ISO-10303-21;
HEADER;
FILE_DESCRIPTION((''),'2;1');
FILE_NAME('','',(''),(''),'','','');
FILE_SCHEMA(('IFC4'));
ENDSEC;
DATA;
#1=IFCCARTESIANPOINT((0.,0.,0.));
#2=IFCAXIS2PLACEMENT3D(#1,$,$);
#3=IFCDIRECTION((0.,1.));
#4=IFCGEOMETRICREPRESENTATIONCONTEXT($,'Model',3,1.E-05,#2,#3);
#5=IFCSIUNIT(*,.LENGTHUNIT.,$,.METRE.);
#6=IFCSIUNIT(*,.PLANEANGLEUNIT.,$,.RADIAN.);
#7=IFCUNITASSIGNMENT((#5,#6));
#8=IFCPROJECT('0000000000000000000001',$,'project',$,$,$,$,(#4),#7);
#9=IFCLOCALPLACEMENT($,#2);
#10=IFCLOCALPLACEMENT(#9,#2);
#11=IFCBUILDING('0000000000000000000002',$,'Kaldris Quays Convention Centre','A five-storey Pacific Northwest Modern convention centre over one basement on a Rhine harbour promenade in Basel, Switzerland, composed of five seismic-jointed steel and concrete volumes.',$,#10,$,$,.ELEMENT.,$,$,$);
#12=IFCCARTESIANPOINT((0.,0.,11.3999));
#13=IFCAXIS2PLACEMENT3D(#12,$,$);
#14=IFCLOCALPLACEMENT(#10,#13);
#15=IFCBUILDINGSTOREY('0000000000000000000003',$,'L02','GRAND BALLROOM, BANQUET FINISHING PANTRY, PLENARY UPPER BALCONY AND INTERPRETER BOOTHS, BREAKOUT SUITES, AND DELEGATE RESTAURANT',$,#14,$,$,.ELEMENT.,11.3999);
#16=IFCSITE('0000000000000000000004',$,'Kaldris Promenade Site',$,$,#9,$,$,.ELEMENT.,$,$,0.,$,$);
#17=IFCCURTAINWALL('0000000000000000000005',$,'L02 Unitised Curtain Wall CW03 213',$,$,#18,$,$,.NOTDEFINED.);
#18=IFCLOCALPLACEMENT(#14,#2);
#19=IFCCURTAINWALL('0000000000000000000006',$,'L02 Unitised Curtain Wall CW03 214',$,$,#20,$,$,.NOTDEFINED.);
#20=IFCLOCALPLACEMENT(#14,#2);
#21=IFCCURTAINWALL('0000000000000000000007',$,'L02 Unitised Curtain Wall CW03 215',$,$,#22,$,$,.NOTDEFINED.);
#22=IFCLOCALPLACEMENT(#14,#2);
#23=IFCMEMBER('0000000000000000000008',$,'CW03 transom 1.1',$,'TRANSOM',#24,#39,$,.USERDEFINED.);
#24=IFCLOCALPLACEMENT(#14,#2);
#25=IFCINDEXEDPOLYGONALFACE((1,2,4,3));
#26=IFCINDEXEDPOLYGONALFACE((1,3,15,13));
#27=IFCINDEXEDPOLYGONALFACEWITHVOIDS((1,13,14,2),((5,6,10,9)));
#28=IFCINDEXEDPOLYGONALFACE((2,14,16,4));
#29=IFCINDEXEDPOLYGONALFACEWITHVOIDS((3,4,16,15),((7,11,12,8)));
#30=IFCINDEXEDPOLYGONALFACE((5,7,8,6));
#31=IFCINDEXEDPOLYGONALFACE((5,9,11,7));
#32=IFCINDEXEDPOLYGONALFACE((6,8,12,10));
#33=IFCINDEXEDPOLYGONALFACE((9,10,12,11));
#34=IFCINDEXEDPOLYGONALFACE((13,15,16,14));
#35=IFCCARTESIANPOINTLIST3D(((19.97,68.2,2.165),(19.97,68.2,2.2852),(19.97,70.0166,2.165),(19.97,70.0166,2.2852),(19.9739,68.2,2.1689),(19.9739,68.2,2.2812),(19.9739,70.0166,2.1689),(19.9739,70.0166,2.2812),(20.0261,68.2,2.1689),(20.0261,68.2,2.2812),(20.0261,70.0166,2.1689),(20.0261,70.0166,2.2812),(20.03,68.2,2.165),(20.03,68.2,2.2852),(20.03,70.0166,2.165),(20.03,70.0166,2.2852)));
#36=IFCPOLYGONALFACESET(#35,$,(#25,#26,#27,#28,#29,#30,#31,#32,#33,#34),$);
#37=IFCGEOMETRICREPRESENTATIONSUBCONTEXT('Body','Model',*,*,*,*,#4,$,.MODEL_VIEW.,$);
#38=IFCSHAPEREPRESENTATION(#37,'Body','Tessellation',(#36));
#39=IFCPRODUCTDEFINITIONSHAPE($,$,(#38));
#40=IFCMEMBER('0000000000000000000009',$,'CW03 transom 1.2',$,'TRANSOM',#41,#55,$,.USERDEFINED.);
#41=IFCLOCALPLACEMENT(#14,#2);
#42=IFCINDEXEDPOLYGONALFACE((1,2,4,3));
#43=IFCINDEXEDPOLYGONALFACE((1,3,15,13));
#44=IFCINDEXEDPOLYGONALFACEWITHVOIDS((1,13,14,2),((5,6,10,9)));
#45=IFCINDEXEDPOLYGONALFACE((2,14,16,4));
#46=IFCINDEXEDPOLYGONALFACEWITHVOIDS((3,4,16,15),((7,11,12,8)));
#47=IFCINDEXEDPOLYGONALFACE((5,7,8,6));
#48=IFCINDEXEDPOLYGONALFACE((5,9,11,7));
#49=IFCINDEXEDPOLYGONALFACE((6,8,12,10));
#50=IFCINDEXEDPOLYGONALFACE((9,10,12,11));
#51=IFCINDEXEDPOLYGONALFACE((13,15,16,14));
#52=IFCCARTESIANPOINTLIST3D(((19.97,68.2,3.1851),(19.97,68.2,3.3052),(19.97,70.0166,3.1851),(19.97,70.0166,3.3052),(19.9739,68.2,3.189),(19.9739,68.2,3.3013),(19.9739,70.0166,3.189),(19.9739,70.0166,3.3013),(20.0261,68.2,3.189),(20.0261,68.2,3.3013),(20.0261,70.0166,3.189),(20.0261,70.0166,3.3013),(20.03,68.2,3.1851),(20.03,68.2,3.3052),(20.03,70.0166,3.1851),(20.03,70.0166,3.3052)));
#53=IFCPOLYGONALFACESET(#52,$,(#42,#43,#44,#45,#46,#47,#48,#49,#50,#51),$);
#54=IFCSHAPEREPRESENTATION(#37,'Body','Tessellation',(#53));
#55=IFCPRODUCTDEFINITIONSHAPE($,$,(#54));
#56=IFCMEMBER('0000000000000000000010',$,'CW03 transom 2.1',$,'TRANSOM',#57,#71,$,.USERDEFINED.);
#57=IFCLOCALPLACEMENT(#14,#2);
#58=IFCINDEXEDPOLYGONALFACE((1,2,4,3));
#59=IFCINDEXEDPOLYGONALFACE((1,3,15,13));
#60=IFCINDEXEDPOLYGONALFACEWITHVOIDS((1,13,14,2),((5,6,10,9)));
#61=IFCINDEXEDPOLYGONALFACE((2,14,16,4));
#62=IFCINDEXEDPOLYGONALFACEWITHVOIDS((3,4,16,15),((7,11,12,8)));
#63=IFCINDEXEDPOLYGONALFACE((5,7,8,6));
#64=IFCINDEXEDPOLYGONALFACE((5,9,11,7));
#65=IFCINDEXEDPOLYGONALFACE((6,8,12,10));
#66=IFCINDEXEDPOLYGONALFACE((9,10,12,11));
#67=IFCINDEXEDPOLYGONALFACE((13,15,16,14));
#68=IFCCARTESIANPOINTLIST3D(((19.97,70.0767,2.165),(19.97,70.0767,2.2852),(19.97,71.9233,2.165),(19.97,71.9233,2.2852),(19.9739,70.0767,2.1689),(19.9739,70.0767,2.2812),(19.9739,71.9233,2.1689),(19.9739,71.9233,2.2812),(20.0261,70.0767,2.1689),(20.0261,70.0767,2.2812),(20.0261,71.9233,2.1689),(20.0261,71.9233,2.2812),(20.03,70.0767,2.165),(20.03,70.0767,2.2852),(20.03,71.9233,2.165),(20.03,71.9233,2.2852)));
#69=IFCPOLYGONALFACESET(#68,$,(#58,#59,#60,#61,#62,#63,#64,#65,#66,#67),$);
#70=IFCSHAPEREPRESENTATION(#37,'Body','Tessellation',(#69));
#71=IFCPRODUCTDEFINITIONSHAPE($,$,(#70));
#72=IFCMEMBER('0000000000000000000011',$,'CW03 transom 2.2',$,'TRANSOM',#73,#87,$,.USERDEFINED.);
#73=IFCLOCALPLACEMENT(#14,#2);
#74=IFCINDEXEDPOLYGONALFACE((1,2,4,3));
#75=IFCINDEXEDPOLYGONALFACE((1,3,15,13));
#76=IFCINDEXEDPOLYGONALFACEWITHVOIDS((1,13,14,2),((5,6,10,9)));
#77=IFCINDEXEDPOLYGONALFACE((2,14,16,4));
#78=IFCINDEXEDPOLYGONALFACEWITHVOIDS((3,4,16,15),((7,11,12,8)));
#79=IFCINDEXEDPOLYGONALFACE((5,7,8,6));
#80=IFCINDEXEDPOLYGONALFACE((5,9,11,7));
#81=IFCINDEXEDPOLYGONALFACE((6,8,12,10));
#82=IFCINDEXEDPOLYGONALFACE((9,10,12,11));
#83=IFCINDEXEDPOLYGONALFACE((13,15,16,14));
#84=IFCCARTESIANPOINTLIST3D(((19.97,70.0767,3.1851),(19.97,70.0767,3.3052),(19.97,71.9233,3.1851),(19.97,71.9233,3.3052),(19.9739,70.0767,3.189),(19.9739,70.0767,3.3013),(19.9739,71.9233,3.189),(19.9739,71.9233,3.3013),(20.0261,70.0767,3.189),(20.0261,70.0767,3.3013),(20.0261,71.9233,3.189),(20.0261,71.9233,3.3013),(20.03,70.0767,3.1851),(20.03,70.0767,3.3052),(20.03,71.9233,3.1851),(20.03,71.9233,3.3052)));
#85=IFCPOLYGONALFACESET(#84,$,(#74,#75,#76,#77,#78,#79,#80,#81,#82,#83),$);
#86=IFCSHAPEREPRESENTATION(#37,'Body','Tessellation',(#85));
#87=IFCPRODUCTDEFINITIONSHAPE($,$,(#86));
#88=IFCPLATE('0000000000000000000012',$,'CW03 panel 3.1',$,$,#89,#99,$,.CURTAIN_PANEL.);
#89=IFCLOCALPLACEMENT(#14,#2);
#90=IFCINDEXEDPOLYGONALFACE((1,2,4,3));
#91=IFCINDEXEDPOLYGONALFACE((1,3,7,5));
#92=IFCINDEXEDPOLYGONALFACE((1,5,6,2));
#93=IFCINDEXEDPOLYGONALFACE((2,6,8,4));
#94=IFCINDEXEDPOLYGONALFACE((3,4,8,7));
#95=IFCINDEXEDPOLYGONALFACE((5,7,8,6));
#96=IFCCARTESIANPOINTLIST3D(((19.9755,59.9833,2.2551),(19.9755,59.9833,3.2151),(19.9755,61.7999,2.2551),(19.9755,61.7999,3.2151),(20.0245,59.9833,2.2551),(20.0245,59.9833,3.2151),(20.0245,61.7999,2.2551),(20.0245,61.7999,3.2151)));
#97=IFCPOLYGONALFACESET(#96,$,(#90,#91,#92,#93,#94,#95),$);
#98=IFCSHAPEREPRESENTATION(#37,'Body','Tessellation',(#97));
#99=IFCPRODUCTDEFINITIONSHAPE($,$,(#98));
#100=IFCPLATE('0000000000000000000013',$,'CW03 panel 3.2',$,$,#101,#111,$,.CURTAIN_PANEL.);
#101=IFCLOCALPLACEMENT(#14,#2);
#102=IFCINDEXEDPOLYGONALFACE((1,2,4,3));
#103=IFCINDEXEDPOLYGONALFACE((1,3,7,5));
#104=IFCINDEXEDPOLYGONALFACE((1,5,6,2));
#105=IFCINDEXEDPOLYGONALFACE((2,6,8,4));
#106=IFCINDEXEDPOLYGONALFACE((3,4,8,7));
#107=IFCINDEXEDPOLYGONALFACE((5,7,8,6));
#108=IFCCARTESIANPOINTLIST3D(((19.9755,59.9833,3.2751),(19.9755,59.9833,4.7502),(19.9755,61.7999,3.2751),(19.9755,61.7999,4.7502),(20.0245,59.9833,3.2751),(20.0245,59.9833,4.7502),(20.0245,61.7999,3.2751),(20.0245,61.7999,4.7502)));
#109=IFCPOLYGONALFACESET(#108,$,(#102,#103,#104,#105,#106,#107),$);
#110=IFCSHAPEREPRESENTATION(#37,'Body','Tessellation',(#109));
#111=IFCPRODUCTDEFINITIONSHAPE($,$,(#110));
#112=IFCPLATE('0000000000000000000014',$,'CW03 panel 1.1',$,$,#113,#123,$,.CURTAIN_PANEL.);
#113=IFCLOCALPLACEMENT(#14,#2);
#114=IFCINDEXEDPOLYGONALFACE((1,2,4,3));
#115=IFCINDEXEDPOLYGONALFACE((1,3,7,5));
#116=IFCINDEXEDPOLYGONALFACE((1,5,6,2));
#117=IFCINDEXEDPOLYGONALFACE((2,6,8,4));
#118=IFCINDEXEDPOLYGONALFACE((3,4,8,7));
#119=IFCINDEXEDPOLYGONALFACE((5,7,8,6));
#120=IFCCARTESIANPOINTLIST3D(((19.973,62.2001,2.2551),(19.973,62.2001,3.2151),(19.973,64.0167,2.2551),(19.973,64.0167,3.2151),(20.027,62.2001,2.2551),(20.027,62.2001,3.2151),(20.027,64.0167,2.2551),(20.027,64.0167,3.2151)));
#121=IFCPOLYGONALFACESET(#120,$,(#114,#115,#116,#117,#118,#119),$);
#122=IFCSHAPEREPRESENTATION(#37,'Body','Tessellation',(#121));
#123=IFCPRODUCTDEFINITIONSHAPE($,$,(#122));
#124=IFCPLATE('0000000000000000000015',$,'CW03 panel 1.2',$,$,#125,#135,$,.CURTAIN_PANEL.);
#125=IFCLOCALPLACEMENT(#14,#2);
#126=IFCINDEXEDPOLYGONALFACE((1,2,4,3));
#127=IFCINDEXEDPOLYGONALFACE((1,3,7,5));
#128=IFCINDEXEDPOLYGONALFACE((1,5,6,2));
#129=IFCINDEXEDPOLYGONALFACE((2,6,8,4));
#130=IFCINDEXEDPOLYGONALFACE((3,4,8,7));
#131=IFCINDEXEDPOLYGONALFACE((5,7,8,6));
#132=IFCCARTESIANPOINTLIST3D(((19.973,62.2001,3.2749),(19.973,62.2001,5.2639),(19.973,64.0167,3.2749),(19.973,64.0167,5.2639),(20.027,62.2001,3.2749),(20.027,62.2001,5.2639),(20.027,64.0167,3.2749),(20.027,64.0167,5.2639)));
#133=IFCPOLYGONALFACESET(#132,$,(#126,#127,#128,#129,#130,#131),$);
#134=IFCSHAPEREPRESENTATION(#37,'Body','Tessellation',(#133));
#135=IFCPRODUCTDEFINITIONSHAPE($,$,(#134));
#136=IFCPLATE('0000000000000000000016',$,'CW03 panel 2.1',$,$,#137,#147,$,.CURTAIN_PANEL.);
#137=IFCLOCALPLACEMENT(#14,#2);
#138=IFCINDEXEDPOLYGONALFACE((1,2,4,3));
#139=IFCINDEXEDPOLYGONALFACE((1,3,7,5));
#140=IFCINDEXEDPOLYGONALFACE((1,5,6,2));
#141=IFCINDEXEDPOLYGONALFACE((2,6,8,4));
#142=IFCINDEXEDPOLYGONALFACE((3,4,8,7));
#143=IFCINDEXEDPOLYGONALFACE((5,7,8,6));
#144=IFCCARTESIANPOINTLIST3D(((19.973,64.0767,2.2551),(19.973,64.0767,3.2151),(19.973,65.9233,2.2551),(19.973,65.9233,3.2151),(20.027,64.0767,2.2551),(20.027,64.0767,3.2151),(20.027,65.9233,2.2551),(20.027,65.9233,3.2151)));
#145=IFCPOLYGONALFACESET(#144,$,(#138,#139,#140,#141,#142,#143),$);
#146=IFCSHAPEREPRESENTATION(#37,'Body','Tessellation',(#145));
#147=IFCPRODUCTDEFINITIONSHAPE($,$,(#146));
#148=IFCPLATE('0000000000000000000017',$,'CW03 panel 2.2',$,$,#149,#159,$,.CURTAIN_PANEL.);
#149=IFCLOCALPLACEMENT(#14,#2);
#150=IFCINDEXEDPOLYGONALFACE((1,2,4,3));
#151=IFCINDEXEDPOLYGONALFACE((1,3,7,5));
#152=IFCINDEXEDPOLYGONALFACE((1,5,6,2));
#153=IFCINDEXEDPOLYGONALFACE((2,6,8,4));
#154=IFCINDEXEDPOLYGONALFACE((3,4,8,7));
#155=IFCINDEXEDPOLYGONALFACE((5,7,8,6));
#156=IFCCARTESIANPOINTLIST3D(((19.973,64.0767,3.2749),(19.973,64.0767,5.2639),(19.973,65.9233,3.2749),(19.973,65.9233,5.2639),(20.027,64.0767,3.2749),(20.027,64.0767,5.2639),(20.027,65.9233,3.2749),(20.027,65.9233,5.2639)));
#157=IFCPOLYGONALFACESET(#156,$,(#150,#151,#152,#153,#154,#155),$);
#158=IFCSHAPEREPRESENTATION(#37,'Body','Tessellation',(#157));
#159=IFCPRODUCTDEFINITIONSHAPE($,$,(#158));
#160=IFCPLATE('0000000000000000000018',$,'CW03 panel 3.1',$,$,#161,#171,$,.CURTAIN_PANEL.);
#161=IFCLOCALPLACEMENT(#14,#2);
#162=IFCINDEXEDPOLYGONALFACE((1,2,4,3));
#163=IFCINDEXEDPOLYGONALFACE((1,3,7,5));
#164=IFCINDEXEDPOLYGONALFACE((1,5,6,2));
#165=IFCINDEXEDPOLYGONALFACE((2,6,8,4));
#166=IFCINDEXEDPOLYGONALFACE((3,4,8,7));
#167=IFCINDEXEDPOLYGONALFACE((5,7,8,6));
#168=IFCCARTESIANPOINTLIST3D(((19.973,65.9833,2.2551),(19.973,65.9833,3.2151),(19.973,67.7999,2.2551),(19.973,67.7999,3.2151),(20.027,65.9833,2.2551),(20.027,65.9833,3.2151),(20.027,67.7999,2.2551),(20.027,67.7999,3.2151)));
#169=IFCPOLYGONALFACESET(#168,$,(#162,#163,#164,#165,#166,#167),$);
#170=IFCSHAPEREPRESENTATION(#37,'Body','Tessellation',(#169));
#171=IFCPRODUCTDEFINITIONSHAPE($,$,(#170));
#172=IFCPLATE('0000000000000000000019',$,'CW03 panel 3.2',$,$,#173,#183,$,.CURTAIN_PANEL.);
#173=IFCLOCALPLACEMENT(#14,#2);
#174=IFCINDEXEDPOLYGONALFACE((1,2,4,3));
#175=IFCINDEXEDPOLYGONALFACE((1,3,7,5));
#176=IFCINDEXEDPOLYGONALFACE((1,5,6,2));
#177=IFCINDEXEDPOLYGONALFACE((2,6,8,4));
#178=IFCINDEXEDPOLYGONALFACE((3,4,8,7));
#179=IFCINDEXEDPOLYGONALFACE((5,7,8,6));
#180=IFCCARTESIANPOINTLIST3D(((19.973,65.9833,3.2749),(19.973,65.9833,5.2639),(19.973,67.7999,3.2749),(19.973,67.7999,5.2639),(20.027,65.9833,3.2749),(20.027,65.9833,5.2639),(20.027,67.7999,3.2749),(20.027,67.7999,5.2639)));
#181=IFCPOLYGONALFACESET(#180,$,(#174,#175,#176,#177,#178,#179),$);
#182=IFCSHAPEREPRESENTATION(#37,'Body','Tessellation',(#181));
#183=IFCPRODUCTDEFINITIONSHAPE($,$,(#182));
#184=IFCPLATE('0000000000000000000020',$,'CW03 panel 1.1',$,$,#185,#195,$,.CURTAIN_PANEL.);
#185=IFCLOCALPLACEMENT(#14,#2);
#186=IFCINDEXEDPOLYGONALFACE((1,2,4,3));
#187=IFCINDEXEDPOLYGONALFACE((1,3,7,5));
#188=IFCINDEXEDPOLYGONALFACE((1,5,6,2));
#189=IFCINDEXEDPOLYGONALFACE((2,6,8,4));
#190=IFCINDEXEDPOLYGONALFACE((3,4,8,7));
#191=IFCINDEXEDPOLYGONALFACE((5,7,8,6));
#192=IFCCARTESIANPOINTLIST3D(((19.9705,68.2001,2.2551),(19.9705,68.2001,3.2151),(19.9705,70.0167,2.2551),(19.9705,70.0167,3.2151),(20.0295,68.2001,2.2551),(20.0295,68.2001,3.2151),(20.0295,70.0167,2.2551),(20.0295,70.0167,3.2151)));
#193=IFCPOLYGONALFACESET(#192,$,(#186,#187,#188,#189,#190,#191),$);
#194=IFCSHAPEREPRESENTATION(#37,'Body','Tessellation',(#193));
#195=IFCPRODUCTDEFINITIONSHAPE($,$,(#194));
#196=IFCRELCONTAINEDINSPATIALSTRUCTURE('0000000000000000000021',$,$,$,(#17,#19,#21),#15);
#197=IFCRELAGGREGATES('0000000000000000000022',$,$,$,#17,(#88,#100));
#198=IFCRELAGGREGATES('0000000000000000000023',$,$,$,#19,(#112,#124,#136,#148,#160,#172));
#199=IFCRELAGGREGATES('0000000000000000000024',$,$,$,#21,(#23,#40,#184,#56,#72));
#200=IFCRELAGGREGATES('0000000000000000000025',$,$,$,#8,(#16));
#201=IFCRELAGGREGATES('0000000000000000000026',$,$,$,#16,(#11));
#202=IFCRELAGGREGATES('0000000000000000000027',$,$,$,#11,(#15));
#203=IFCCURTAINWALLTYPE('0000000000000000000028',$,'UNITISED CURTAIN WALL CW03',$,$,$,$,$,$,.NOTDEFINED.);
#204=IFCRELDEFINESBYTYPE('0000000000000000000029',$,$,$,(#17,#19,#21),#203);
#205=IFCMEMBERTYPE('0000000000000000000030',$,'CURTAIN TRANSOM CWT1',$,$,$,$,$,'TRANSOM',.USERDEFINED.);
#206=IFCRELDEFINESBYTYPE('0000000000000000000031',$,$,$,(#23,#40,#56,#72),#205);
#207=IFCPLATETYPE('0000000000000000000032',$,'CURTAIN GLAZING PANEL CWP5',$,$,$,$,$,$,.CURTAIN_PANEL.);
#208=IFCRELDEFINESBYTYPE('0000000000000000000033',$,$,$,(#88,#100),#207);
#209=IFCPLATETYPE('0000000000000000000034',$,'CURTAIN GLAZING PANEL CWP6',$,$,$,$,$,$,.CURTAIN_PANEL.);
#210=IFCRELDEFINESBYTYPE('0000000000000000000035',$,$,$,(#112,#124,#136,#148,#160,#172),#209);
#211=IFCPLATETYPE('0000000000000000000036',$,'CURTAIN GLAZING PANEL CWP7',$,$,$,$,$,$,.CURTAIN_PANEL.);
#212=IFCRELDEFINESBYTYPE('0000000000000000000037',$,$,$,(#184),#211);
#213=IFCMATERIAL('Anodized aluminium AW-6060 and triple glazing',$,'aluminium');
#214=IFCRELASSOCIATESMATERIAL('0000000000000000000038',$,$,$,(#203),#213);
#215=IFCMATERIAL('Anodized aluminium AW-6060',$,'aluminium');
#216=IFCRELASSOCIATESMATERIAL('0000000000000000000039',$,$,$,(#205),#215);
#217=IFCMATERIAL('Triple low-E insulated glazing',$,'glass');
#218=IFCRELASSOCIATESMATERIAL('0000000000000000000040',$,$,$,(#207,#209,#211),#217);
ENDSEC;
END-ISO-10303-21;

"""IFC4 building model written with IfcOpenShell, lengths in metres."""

from ifc_helpers import new_model, si_unit, direction, frame, origin, origin_2d, place, context, subcontext, project, spatial, rectangle, hollow_rectangle, extrude, material, material_profile, profile_set, type_object, element, aggregate, save


model = new_model("IFC4")

# Units and contexts
model_context = context("Model", 3, precision=1e-05, world=origin(), true_north=direction((0.0, 1.0)))
body_context = subcontext(model_context, "Body", "Model", "MODEL_VIEW")
ifc_project = project(units=[si_unit("LENGTHUNIT", "METRE"), si_unit("PLANEANGLEUNIT", "RADIAN")], contexts=[model_context])

# Site, building, storey
site_placement = place(None, origin())
site = spatial("IfcSite", under=ifc_project, at=site_placement, Name="Kaldris Promenade Site", CompositionType="ELEMENT", RefElevation=0.0)
building_placement = place(site_placement, origin())
building = spatial("IfcBuilding", under=site, at=building_placement, Name="Kaldris Quays Convention Centre", Description="A five-storey Pacific Northwest Modern convention centre over one basement on a Rhine harbour promenade in Basel, Switzerland, composed of five seismic-jointed steel and concrete volumes.", CompositionType="ELEMENT")
storey_placement = place(building_placement, frame((0.0, 0.0, 11.3999)))
storey = spatial("IfcBuildingStorey", under=building, at=storey_placement, Name="L02", Description="GRAND BALLROOM, BANQUET FINISHING PANTRY, PLENARY UPPER BALCONY AND INTERPRETER BOOTHS, BREAKOUT SUITES, AND DELEGATE RESTAURANT", CompositionType="ELEMENT", Elevation=11.3999)

# Curtain walls
ifc_material_1 = material(Name="Anodized aluminium AW-6060 and triple glazing", Category="aluminium")
curtain_wall_type = type_object("IfcCurtainWallType", Name="UNITISED CURTAIN WALL CW03", PredefinedType="NOTDEFINED", material=ifc_material_1)
curtain_wall_1_placement = place(storey_placement, origin())
curtain_wall_1 = element("IfcCurtainWall", 1, at=curtain_wall_1_placement, inside=storey, type_object=curtain_wall_type, Name="L02 Unitised Curtain Wall CW03 213", PredefinedType="NOTDEFINED")
ifc_material_2 = material(Name="Anodized aluminium AW-6060", Category="aluminium")
curtain_wall_2_placement = place(storey_placement, origin())
curtain_wall_2 = element("IfcCurtainWall", 2, at=curtain_wall_2_placement, inside=storey, type_object=curtain_wall_type, Name="L02 Unitised Curtain Wall CW03 214", PredefinedType="NOTDEFINED")
curtain_wall_3_placement = place(storey_placement, origin())
curtain_wall_3 = element("IfcCurtainWall", 3, at=curtain_wall_3_placement, inside=storey, type_object=curtain_wall_type, Name="L02 Unitised Curtain Wall CW03 215", PredefinedType="NOTDEFINED")

# Members
ifc_material_profile_1 = material_profile(ifc_material_2, hollow_rectangle(XDim=0.0601, YDim=0.1201, WallThickness=0.0039, at=origin_2d()), Name="RHS 120x60x4")
ifc_profile_set_1 = profile_set([ifc_material_profile_1], Name="Anodized aluminium AW-6060")
member_type_1 = type_object("IfcMemberType", Name="CURTAIN TRANSOM CWT1", ElementType="TRANSOM", PredefinedType="USERDEFINED", material=ifc_profile_set_1)
member_1_placement = place(storey_placement, frame((20.0, 68.2, 2.2251), z_axis=(0.0, 1.0, 0.0), x_axis=(-1.0, 0.0, 0.0)))
member_1 = element("IfcMember", 4, at=member_1_placement, type_object=member_type_1, Name="CW03 transom 1.1", ObjectType="TRANSOM", PredefinedType="USERDEFINED", context=body_context, shape_type="SweptSolid", body=[
    extrude(hollow_rectangle(XDim=0.0601, YDim=0.1201, WallThickness=0.0039, at=origin_2d()), origin(), (0.0, 0.0, 1.0), 1.8167),
])
member_2_placement = place(storey_placement, frame((20.0, 68.2, 3.2451), z_axis=(0.0, 1.0, 0.0), x_axis=(-1.0, 0.0, 0.0)))
member_2 = element("IfcMember", 5, at=member_2_placement, type_object=member_type_1, Name="CW03 transom 1.2", ObjectType="TRANSOM", PredefinedType="USERDEFINED", context=body_context, shape_type="SweptSolid", body=[
    extrude(hollow_rectangle(XDim=0.0601, YDim=0.1201, WallThickness=0.0039, at=origin_2d()), origin(), (0.0, 0.0, 1.0), 1.8167),
])
member_3_placement = place(storey_placement, frame((20.0, 70.0767, 2.2251), z_axis=(0.0, 1.0, 0.0), x_axis=(-1.0, 0.0, 0.0)))
member_3 = element("IfcMember", 6, at=member_3_placement, type_object=member_type_1, Name="CW03 transom 2.1", ObjectType="TRANSOM", PredefinedType="USERDEFINED", context=body_context, shape_type="SweptSolid", body=[
    extrude(hollow_rectangle(XDim=0.0601, YDim=0.1201, WallThickness=0.0039, at=origin_2d()), origin(), (0.0, 0.0, 1.0), 1.8467),
])
member_4_placement = place(storey_placement, frame((20.0, 70.0767, 3.2451), z_axis=(0.0, 1.0, 0.0), x_axis=(-1.0, 0.0, 0.0)))
member_4 = element("IfcMember", 7, at=member_4_placement, type_object=member_type_1, Name="CW03 transom 2.2", ObjectType="TRANSOM", PredefinedType="USERDEFINED", context=body_context, shape_type="SweptSolid", body=[
    extrude(hollow_rectangle(XDim=0.0601, YDim=0.1201, WallThickness=0.0039, at=origin_2d()), origin(), (0.0, 0.0, 1.0), 1.8467),
])

# Plates
ifc_material_3 = material(Name="Triple low-E insulated glazing", Category="glass")
plate_type_1 = type_object("IfcPlateType", Name="CURTAIN GLAZING PANEL CWP5", PredefinedType="CURTAIN_PANEL", material=ifc_material_3)
plate_1_placement = place(storey_placement, frame((20.0, 60.8916, 2.2551), z_axis=(0.0, 0.0, 1.0), x_axis=(0.0, 1.0, 0.0)))
plate_1 = element("IfcPlate", 8, at=plate_1_placement, type_object=plate_type_1, Name="CW03 panel 3.1", PredefinedType="CURTAIN_PANEL", context=body_context, shape_type="SweptSolid", body=[
    extrude(rectangle(XDim=1.8167, YDim=0.0491, at=origin_2d()), origin(), (0.0, 0.0, 1.0), 0.96),
])
plate_2_placement = place(storey_placement, frame((20.0, 60.8916, 3.2751), z_axis=(0.0, 0.0, 1.0), x_axis=(0.0, 1.0, 0.0)))
plate_2 = element("IfcPlate", 9, at=plate_2_placement, type_object=plate_type_1, Name="CW03 panel 3.2", PredefinedType="CURTAIN_PANEL", context=body_context, shape_type="SweptSolid", body=[
    extrude(rectangle(XDim=1.8167, YDim=0.0491, at=origin_2d()), origin(), (0.0, 0.0, 1.0), 1.4751),
])
aggregate(curtain_wall_1, [plate_1, plate_2])
plate_type_2 = type_object("IfcPlateType", Name="CURTAIN GLAZING PANEL CWP6", PredefinedType="CURTAIN_PANEL", material=ifc_material_3)
plate_3_placement = place(storey_placement, frame((20.0, 63.1084, 2.2551), z_axis=(0.0, 0.0, 1.0), x_axis=(0.0, 1.0, 0.0)))
plate_3 = element("IfcPlate", 10, at=plate_3_placement, type_object=plate_type_2, Name="CW03 panel 1.1", PredefinedType="CURTAIN_PANEL", context=body_context, shape_type="SweptSolid", body=[
    extrude(rectangle(XDim=1.8167, YDim=0.054, at=origin_2d()), origin(), (0.0, 0.0, 1.0), 0.96),
])
plate_4_placement = place(storey_placement, frame((20.0, 63.1084, 3.2749), z_axis=(0.0, 0.0, 1.0), x_axis=(0.0, 1.0, 0.0)))
plate_4 = element("IfcPlate", 11, at=plate_4_placement, type_object=plate_type_2, Name="CW03 panel 1.2", PredefinedType="CURTAIN_PANEL", context=body_context, shape_type="SweptSolid", body=[
    extrude(rectangle(XDim=1.8167, YDim=0.054, at=origin_2d()), origin(), (0.0, 0.0, 1.0), 1.989),
])
plate_5_placement = place(storey_placement, frame((20.0, 65.0, 2.2551), z_axis=(0.0, 0.0, 1.0), x_axis=(0.0, 1.0, 0.0)))
plate_5 = element("IfcPlate", 12, at=plate_5_placement, type_object=plate_type_2, Name="CW03 panel 2.1", PredefinedType="CURTAIN_PANEL", context=body_context, shape_type="SweptSolid", body=[
    extrude(rectangle(XDim=1.8467, YDim=0.054, at=origin_2d()), origin(), (0.0, 0.0, 1.0), 0.96),
])
plate_6_placement = place(storey_placement, frame((20.0, 65.0, 3.2749), z_axis=(0.0, 0.0, 1.0), x_axis=(0.0, 1.0, 0.0)))
plate_6 = element("IfcPlate", 13, at=plate_6_placement, type_object=plate_type_2, Name="CW03 panel 2.2", PredefinedType="CURTAIN_PANEL", context=body_context, shape_type="SweptSolid", body=[
    extrude(rectangle(XDim=1.8467, YDim=0.054, at=origin_2d()), origin(), (0.0, 0.0, 1.0), 1.989),
])
plate_7_placement = place(storey_placement, frame((20.0, 66.8916, 2.2551), z_axis=(0.0, 0.0, 1.0), x_axis=(0.0, 1.0, 0.0)))
plate_7 = element("IfcPlate", 14, at=plate_7_placement, type_object=plate_type_2, Name="CW03 panel 3.1", PredefinedType="CURTAIN_PANEL", context=body_context, shape_type="SweptSolid", body=[
    extrude(rectangle(XDim=1.8167, YDim=0.054, at=origin_2d()), origin(), (0.0, 0.0, 1.0), 0.96),
])
plate_8_placement = place(storey_placement, frame((20.0, 66.8916, 3.2749), z_axis=(0.0, 0.0, 1.0), x_axis=(0.0, 1.0, 0.0)))
plate_8 = element("IfcPlate", 15, at=plate_8_placement, type_object=plate_type_2, Name="CW03 panel 3.2", PredefinedType="CURTAIN_PANEL", context=body_context, shape_type="SweptSolid", body=[
    extrude(rectangle(XDim=1.8167, YDim=0.054, at=origin_2d()), origin(), (0.0, 0.0, 1.0), 1.989),
])
aggregate(curtain_wall_2, [plate_3, plate_4, plate_5, plate_6, plate_7, plate_8])
plate_type_3 = type_object("IfcPlateType", Name="CURTAIN GLAZING PANEL CWP7", PredefinedType="CURTAIN_PANEL", material=ifc_material_3)
plate_9_placement = place(storey_placement, frame((20.0, 69.1084, 2.2551), z_axis=(0.0, 0.0, 1.0), x_axis=(0.0, 1.0, 0.0)))
plate_9 = element("IfcPlate", 16, at=plate_9_placement, type_object=plate_type_3, Name="CW03 panel 1.1", PredefinedType="CURTAIN_PANEL", context=body_context, shape_type="SweptSolid", body=[
    extrude(rectangle(XDim=1.8167, YDim=0.0591, at=origin_2d()), origin(), (0.0, 0.0, 1.0), 0.96),
])
aggregate(curtain_wall_3, [member_1, member_2, plate_9, member_3, member_4])

save(model, "model.ifc")
